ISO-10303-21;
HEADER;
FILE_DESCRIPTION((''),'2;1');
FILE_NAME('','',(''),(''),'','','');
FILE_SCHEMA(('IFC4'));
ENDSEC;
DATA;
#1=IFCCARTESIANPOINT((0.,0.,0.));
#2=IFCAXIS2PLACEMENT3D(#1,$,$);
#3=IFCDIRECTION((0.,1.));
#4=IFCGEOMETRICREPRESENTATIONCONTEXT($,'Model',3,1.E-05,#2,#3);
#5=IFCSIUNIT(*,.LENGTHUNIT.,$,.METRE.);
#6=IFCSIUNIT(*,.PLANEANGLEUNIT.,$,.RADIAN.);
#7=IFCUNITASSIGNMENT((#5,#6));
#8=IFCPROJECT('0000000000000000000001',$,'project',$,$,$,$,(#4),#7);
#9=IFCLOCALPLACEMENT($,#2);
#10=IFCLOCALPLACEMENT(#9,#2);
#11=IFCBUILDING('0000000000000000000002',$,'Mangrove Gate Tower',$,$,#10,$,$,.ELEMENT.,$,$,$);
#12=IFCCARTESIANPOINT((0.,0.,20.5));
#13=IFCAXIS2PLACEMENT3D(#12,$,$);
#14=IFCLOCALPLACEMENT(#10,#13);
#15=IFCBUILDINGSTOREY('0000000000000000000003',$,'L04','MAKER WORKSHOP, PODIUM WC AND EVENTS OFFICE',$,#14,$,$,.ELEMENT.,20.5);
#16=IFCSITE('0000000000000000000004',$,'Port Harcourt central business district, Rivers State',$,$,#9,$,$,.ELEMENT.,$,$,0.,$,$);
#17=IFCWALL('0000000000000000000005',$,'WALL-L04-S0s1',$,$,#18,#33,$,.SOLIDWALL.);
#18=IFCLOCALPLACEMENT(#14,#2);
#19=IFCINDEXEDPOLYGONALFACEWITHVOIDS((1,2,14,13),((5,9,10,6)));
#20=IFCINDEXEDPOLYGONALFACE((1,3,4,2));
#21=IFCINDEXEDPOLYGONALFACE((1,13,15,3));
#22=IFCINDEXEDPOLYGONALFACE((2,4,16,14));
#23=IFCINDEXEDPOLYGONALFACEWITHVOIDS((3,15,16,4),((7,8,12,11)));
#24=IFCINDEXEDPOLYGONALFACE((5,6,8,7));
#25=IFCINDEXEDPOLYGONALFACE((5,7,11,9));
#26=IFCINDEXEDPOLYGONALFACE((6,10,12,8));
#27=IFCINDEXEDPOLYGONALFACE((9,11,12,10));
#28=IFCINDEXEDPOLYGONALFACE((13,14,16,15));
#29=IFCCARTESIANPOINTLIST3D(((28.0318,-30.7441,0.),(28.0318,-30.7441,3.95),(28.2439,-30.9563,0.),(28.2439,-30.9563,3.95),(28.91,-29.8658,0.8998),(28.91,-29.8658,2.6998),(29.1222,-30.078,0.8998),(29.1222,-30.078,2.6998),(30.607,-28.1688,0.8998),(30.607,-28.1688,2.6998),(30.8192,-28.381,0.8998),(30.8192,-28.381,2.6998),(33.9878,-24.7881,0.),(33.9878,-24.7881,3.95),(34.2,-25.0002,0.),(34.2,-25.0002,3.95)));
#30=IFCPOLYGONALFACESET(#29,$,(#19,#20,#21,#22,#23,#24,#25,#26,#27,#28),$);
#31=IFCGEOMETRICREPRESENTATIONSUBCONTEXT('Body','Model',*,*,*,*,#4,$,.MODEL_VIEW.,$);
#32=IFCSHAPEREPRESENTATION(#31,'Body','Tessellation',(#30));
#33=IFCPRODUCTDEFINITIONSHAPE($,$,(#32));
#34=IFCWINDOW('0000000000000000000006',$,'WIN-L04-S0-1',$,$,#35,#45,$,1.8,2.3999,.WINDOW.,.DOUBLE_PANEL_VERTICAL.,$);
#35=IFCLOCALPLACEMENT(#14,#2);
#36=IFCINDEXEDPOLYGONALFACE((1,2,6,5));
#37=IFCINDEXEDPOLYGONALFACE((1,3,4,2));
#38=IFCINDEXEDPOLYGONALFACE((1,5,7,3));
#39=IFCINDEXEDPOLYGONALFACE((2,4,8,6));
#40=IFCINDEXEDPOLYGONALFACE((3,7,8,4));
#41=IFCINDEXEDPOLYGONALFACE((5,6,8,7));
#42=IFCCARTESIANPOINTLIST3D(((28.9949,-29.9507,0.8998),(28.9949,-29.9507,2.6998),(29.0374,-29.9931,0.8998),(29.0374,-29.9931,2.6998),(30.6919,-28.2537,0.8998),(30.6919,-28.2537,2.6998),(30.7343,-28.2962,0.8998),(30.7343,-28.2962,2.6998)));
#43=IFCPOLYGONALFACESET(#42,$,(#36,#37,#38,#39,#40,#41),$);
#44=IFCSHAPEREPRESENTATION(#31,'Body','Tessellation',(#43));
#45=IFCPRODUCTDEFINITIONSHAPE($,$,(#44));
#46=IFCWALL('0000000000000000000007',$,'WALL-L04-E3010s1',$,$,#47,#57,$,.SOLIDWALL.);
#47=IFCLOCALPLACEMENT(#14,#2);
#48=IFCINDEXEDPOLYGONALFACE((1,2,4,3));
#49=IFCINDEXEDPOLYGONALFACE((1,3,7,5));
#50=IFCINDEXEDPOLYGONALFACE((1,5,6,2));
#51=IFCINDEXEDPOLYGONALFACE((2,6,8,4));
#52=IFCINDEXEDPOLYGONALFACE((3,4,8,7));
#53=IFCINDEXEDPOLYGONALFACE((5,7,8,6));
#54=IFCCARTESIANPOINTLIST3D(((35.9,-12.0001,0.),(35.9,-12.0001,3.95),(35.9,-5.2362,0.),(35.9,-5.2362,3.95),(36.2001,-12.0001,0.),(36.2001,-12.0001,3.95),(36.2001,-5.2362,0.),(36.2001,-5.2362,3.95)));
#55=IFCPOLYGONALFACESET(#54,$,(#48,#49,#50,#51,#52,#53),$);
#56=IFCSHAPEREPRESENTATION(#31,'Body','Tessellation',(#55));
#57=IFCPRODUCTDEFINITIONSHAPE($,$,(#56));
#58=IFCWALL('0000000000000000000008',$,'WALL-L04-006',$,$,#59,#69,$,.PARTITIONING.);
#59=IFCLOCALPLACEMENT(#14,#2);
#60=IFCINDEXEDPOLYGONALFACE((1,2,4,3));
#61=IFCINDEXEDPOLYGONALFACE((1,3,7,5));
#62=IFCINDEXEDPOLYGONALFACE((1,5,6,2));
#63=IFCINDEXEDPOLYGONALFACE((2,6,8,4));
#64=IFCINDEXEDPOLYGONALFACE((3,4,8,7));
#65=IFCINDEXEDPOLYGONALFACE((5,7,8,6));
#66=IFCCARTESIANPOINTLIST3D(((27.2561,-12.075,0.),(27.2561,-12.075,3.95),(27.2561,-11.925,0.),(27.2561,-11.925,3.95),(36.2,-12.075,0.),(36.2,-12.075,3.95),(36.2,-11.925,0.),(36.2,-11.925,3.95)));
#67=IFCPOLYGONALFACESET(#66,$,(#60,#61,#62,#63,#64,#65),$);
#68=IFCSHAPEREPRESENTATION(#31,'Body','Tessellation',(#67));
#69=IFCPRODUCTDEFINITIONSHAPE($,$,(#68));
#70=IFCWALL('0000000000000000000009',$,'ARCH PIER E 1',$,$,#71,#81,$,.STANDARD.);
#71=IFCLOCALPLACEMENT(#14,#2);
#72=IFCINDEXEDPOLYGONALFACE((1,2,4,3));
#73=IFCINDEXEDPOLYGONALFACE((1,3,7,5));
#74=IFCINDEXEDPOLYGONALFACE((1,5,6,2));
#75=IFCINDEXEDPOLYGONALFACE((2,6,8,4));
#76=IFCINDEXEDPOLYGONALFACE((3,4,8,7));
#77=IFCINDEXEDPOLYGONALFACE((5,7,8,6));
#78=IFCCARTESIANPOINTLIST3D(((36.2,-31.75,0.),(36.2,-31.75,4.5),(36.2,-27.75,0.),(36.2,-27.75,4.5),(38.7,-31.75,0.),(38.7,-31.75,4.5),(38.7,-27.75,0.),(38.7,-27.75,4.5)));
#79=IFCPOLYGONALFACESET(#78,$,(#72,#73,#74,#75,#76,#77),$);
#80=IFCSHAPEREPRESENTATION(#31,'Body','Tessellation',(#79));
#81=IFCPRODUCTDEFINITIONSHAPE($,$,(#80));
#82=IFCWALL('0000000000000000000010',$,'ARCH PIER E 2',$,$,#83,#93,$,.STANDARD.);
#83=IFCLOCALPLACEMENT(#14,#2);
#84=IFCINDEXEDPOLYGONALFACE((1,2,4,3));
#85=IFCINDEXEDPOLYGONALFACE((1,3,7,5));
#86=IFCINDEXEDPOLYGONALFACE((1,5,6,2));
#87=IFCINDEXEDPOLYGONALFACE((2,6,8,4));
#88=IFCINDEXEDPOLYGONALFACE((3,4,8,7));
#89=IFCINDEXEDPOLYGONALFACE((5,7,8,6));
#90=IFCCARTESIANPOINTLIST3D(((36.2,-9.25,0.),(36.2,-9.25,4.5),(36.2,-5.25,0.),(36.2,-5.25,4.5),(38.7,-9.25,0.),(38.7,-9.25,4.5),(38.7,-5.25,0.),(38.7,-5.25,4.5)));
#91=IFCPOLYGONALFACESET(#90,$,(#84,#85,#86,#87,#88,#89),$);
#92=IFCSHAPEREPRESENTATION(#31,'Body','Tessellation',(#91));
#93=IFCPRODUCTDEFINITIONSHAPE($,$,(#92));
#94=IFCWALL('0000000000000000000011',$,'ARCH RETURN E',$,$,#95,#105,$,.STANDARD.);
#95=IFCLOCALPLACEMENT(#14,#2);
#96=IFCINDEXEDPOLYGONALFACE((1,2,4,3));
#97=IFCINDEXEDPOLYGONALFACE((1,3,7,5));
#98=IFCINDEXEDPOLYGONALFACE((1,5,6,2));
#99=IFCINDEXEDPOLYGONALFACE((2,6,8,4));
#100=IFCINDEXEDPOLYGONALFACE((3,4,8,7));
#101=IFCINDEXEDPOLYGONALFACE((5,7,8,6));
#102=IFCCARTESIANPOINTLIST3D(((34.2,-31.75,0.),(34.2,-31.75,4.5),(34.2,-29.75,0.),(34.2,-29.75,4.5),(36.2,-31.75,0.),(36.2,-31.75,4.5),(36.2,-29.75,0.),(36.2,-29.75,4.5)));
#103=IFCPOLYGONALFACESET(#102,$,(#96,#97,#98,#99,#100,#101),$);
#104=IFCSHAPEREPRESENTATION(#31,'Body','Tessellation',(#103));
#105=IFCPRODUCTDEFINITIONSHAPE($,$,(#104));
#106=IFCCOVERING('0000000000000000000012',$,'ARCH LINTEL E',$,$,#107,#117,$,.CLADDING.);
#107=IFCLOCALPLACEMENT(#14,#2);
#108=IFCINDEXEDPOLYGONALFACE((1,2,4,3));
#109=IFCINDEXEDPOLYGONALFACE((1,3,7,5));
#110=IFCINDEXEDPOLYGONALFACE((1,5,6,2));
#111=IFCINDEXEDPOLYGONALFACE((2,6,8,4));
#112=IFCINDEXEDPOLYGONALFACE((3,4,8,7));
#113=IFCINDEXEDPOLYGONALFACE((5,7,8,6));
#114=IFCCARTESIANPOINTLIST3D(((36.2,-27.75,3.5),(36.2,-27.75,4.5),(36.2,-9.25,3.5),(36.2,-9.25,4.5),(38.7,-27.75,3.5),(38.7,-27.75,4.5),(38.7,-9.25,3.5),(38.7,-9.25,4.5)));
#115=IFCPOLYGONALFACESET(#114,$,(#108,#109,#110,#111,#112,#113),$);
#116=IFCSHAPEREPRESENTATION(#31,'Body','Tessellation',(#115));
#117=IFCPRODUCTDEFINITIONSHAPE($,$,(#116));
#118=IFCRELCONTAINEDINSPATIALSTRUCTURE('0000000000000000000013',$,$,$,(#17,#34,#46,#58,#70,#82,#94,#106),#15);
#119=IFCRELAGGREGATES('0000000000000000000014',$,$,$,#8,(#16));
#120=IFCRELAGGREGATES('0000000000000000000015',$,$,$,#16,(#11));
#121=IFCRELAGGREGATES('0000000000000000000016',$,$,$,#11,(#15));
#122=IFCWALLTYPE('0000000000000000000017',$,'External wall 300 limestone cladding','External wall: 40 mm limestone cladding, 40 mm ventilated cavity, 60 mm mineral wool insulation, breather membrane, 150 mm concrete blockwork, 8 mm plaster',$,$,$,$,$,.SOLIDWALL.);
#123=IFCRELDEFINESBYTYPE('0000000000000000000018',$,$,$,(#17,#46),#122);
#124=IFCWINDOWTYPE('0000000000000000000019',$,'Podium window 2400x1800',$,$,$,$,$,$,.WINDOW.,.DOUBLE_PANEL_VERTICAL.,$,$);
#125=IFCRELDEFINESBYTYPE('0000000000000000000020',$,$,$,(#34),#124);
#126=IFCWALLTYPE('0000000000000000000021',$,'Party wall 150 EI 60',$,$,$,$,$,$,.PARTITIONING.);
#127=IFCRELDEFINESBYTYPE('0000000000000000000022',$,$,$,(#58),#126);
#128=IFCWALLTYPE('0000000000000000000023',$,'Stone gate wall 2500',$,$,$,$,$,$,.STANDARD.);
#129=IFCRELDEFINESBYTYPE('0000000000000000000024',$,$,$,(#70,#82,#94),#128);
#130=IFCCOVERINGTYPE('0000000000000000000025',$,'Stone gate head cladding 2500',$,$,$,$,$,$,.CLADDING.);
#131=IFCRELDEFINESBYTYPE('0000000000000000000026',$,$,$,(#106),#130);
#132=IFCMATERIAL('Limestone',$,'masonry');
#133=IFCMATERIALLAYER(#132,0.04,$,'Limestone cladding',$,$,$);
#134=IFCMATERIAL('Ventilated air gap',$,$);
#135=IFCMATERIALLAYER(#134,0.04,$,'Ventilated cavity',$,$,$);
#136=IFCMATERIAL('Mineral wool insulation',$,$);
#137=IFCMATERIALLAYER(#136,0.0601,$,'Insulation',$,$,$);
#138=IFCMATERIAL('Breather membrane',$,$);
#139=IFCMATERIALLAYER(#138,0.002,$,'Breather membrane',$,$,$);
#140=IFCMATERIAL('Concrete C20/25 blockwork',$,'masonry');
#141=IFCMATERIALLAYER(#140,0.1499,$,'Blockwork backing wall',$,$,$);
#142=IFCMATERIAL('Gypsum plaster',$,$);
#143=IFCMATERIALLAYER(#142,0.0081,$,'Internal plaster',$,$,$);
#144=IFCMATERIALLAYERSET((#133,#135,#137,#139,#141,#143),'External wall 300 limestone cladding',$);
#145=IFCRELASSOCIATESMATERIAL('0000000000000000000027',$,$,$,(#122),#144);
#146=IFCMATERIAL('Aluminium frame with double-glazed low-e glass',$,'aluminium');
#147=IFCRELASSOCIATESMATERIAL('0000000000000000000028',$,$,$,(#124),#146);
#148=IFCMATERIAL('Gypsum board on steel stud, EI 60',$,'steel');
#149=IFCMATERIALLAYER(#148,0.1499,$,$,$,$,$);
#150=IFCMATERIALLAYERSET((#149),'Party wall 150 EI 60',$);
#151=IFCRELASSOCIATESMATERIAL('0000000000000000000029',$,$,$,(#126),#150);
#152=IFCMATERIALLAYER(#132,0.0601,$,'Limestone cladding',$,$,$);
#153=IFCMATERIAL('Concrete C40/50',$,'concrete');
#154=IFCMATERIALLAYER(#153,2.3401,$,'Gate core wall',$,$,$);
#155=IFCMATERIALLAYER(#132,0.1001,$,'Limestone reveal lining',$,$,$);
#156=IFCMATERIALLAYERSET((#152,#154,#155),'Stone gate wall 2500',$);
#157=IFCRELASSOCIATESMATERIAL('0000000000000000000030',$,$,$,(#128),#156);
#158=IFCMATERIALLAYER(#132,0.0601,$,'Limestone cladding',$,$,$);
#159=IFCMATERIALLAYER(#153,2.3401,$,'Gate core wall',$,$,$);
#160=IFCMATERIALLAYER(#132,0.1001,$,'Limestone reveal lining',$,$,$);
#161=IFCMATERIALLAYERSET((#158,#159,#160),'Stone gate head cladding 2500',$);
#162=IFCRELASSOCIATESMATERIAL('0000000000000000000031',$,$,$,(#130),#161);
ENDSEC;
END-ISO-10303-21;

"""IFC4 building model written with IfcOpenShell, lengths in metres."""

from ifc_helpers import new_model, si_unit, direction, frame, frame_2d, origin, place, context, subcontext, project, spatial, rectangle, extrude, material, layer, layer_set, type_object, element, fill, save


model = new_model("IFC4")

# Units and contexts
model_context = context("Model", 3, precision=1e-05, world=origin(), true_north=direction((0.0, 1.0)))
body_context = subcontext(model_context, "Body", "Model", "MODEL_VIEW")
ifc_project = project(units=[si_unit("LENGTHUNIT", "METRE"), si_unit("PLANEANGLEUNIT", "RADIAN")], contexts=[model_context])

# Site, building, storey
site_placement = place(None, origin())
site = spatial("IfcSite", under=ifc_project, at=site_placement, Name="Port Harcourt central business district, Rivers State", CompositionType="ELEMENT", RefElevation=0.0)
building_placement = place(site_placement, origin())
building = spatial("IfcBuilding", under=site, at=building_placement, Name="Mangrove Gate Tower", CompositionType="ELEMENT")
storey_placement = place(building_placement, frame((0.0, 0.0, 20.5)))
storey = spatial("IfcBuildingStorey", under=building, at=storey_placement, Name="L04", Description="MAKER WORKSHOP, PODIUM WC AND EVENTS OFFICE", CompositionType="ELEMENT", Elevation=20.5)

# Wall, opening, window
ifc_material_1 = material(Name="Limestone", Category="masonry")
ifc_layer_1 = layer(ifc_material_1, 0.04, Name="Limestone cladding")
ifc_material_2 = material(Name="Ventilated air gap")
ifc_layer_2 = layer(ifc_material_2, 0.04, Name="Ventilated cavity")
ifc_material_3 = material(Name="Mineral wool insulation")
ifc_layer_3 = layer(ifc_material_3, 0.0601, Name="Insulation")
ifc_material_4 = material(Name="Breather membrane")
ifc_layer_4 = layer(ifc_material_4, 0.002, Name="Breather membrane")
ifc_material_5 = material(Name="Concrete C20/25 blockwork", Category="masonry")
ifc_layer_5 = layer(ifc_material_5, 0.1499, Name="Blockwork backing wall")
ifc_material_6 = material(Name="Gypsum plaster")
ifc_layer_6 = layer(ifc_material_6, 0.0081, Name="Internal plaster")
ifc_layer_set_1 = layer_set([ifc_layer_1, ifc_layer_2, ifc_layer_3, ifc_layer_4, ifc_layer_5, ifc_layer_6], Name="External wall 300 limestone cladding")
wall_type_1 = type_object("IfcWallType", Name="External wall 300 limestone cladding", Description="External wall: 40 mm limestone cladding, 40 mm ventilated cavity, 60 mm mineral wool insulation, breather membrane, 150 mm concrete blockwork, 8 mm plaster", PredefinedType="SOLIDWALL", material=ifc_layer_set_1)
wall_1_placement = place(storey_placement, frame((28.1379, -30.8501, 0.0), z_axis=(0.0, 0.0, 1.0), x_axis=(0.707107, 0.707107, 0.0)))
wall_1 = element("IfcWall", 1, at=wall_1_placement, inside=storey, type_object=wall_type_1, Name="WALL-L04-S0s1", PredefinedType="SOLIDWALL", context=body_context, shape_type="SweptSolid", body=[
    extrude(rectangle(XDim=8.4231, YDim=0.3, at=frame_2d((4.2114, 0.0))), origin(), (0.0, 0.0, 1.0), 3.95),
])
opening_placement = place(wall_1_placement, frame((1.2419, 0.0, 0.8999)))
opening = element("IfcOpeningElement", 2, at=opening_placement, cuts=wall_1, PredefinedType="OPENING", context=body_context, shape_type="SweptSolid", body=[
    extrude(rectangle(XDim=2.3999, YDim=1.8, at=frame_2d((1.2, 0.8999))), frame((0.0, 0.1599, 0.0), z_axis=(0.0, -1.0, 0.0), x_axis=(1.0, 0.0, 0.0)), (0.0, 0.0, 1.0), 0.3201),
])
ifc_material_7 = material(Name="Aluminium frame with double-glazed low-e glass", Category="aluminium")
window_type = type_object("IfcWindowType", Name="Podium window 2400x1800", PartitioningType="DOUBLE_PANEL_VERTICAL", PredefinedType="WINDOW", material=ifc_material_7)
window_placement = place(opening_placement, origin())
window = element("IfcWindow", 3, at=window_placement, inside=storey, type_object=window_type, Name="WIN-L04-S0-1", OverallHeight=1.8, OverallWidth=2.3999, PartitioningType="DOUBLE_PANEL_VERTICAL", PredefinedType="WINDOW", context=body_context, shape_type="SweptSolid", body=[
    extrude(rectangle(XDim=2.3999, YDim=1.8, at=frame_2d((1.2, 0.8999))), frame((0.0, 0.03, 0.0), z_axis=(0.0, -1.0, 0.0), x_axis=(1.0, 0.0, 0.0)), (0.0, 0.0, 1.0), 0.0601),
])
fill(opening, window)

# Walls
wall_2_placement = place(storey_placement, frame((36.05, -12.0, 0.0), z_axis=(0.0, 0.0, 1.0), x_axis=(0.0, 1.0, 0.0)))
element("IfcWall", 4, at=wall_2_placement, inside=storey, type_object=wall_type_1, Name="WALL-L04-E3010s1", PredefinedType="SOLIDWALL", context=body_context, shape_type="SweptSolid", body=[
    extrude(rectangle(XDim=6.7639, YDim=0.3, at=frame_2d((3.3818, 0.0))), origin(), (0.0, 0.0, 1.0), 3.95),
])
ifc_material_8 = material(Name="Gypsum board on steel stud, EI 60", Category="steel")
ifc_layer_7 = layer(ifc_material_8, 0.1499)
ifc_layer_set_2 = layer_set([ifc_layer_7], Name="Party wall 150 EI 60")
wall_type_2 = type_object("IfcWallType", Name="Party wall 150 EI 60", PredefinedType="PARTITIONING", material=ifc_layer_set_2)
wall_3_placement = place(storey_placement, frame((27.2561, -12.0, 0.0), z_axis=(0.0, 0.0, 1.0), x_axis=(1.0, 0.0, 0.0)))
element("IfcWall", 5, at=wall_3_placement, inside=storey, type_object=wall_type_2, Name="WALL-L04-006", PredefinedType="PARTITIONING", context=body_context, shape_type="SweptSolid", body=[
    extrude(rectangle(XDim=8.9438, YDim=0.1499, at=frame_2d((4.4719, 0.0))), origin(), (0.0, 0.0, 1.0), 3.95),
])
ifc_layer_8 = layer(ifc_material_1, 0.0601, Name="Limestone cladding")
ifc_material_9 = material(Name="Concrete C40/50", Category="concrete")
ifc_layer_9 = layer(ifc_material_9, 2.3401, Name="Gate core wall")
ifc_layer_10 = layer(ifc_material_1, 0.1001, Name="Limestone reveal lining")
ifc_layer_set_3 = layer_set([ifc_layer_8, ifc_layer_9, ifc_layer_10], Name="Stone gate wall 2500")
wall_type_3 = type_object("IfcWallType", Name="Stone gate wall 2500", PredefinedType="STANDARD", material=ifc_layer_set_3)
for number, where, z_axis, x_axis, name in (
    (6, (37.45, -31.75, 0.0), (0.0, 0.0, 1.0), (0.0, 1.0, 0.0), "ARCH PIER E 1"),
    (7, (37.45, -9.25, 0.0), (0.0, 0.0, 1.0), (0.0, 1.0, 0.0), "ARCH PIER E 2"),
):
    element("IfcWall", number, at=place(storey_placement, frame(where, z_axis=z_axis, x_axis=x_axis)), inside=storey, type_object=wall_type_3, Name=name, PredefinedType="STANDARD", context=body_context, shape_type="SweptSolid", body=[
        extrude(rectangle(XDim=4.0, YDim=2.5, at=frame_2d((2.0, 0.0))), origin(), (0.0, 0.0, 1.0), 4.5),
    ])
wall_4_placement = place(storey_placement, frame((34.2, -30.75, 0.0), z_axis=(0.0, 0.0, 1.0), x_axis=(1.0, 0.0, 0.0)))
element("IfcWall", 8, at=wall_4_placement, inside=storey, type_object=wall_type_3, Name="ARCH RETURN E", PredefinedType="STANDARD", context=body_context, shape_type="SweptSolid", body=[
    extrude(rectangle(XDim=2.0, YDim=2.0, at=frame_2d((1.0, 0.0))), origin(), (0.0, 0.0, 1.0), 4.5),
])

# Covering
ifc_layer_11 = layer(ifc_material_1, 0.0601, Name="Limestone cladding")
ifc_layer_12 = layer(ifc_material_9, 2.3401, Name="Gate core wall")
ifc_layer_13 = layer(ifc_material_1, 0.1001, Name="Limestone reveal lining")
ifc_layer_set_4 = layer_set([ifc_layer_11, ifc_layer_12, ifc_layer_13], Name="Stone gate head cladding 2500")
covering_type = type_object("IfcCoveringType", Name="Stone gate head cladding 2500", PredefinedType="CLADDING", material=ifc_layer_set_4)
covering_placement = place(storey_placement, frame((37.45, -27.75, 3.5), z_axis=(0.0, 0.0, 1.0), x_axis=(0.0, 1.0, 0.0)))
element("IfcCovering", 9, at=covering_placement, inside=storey, type_object=covering_type, Name="ARCH LINTEL E", PredefinedType="CLADDING", context=body_context, shape_type="SweptSolid", body=[
    extrude(rectangle(XDim=18.5, YDim=2.5, at=frame_2d((9.25, 0.0))), origin(), (0.0, 0.0, 1.0), 1.0),
])

save(model, "model.ifc")
